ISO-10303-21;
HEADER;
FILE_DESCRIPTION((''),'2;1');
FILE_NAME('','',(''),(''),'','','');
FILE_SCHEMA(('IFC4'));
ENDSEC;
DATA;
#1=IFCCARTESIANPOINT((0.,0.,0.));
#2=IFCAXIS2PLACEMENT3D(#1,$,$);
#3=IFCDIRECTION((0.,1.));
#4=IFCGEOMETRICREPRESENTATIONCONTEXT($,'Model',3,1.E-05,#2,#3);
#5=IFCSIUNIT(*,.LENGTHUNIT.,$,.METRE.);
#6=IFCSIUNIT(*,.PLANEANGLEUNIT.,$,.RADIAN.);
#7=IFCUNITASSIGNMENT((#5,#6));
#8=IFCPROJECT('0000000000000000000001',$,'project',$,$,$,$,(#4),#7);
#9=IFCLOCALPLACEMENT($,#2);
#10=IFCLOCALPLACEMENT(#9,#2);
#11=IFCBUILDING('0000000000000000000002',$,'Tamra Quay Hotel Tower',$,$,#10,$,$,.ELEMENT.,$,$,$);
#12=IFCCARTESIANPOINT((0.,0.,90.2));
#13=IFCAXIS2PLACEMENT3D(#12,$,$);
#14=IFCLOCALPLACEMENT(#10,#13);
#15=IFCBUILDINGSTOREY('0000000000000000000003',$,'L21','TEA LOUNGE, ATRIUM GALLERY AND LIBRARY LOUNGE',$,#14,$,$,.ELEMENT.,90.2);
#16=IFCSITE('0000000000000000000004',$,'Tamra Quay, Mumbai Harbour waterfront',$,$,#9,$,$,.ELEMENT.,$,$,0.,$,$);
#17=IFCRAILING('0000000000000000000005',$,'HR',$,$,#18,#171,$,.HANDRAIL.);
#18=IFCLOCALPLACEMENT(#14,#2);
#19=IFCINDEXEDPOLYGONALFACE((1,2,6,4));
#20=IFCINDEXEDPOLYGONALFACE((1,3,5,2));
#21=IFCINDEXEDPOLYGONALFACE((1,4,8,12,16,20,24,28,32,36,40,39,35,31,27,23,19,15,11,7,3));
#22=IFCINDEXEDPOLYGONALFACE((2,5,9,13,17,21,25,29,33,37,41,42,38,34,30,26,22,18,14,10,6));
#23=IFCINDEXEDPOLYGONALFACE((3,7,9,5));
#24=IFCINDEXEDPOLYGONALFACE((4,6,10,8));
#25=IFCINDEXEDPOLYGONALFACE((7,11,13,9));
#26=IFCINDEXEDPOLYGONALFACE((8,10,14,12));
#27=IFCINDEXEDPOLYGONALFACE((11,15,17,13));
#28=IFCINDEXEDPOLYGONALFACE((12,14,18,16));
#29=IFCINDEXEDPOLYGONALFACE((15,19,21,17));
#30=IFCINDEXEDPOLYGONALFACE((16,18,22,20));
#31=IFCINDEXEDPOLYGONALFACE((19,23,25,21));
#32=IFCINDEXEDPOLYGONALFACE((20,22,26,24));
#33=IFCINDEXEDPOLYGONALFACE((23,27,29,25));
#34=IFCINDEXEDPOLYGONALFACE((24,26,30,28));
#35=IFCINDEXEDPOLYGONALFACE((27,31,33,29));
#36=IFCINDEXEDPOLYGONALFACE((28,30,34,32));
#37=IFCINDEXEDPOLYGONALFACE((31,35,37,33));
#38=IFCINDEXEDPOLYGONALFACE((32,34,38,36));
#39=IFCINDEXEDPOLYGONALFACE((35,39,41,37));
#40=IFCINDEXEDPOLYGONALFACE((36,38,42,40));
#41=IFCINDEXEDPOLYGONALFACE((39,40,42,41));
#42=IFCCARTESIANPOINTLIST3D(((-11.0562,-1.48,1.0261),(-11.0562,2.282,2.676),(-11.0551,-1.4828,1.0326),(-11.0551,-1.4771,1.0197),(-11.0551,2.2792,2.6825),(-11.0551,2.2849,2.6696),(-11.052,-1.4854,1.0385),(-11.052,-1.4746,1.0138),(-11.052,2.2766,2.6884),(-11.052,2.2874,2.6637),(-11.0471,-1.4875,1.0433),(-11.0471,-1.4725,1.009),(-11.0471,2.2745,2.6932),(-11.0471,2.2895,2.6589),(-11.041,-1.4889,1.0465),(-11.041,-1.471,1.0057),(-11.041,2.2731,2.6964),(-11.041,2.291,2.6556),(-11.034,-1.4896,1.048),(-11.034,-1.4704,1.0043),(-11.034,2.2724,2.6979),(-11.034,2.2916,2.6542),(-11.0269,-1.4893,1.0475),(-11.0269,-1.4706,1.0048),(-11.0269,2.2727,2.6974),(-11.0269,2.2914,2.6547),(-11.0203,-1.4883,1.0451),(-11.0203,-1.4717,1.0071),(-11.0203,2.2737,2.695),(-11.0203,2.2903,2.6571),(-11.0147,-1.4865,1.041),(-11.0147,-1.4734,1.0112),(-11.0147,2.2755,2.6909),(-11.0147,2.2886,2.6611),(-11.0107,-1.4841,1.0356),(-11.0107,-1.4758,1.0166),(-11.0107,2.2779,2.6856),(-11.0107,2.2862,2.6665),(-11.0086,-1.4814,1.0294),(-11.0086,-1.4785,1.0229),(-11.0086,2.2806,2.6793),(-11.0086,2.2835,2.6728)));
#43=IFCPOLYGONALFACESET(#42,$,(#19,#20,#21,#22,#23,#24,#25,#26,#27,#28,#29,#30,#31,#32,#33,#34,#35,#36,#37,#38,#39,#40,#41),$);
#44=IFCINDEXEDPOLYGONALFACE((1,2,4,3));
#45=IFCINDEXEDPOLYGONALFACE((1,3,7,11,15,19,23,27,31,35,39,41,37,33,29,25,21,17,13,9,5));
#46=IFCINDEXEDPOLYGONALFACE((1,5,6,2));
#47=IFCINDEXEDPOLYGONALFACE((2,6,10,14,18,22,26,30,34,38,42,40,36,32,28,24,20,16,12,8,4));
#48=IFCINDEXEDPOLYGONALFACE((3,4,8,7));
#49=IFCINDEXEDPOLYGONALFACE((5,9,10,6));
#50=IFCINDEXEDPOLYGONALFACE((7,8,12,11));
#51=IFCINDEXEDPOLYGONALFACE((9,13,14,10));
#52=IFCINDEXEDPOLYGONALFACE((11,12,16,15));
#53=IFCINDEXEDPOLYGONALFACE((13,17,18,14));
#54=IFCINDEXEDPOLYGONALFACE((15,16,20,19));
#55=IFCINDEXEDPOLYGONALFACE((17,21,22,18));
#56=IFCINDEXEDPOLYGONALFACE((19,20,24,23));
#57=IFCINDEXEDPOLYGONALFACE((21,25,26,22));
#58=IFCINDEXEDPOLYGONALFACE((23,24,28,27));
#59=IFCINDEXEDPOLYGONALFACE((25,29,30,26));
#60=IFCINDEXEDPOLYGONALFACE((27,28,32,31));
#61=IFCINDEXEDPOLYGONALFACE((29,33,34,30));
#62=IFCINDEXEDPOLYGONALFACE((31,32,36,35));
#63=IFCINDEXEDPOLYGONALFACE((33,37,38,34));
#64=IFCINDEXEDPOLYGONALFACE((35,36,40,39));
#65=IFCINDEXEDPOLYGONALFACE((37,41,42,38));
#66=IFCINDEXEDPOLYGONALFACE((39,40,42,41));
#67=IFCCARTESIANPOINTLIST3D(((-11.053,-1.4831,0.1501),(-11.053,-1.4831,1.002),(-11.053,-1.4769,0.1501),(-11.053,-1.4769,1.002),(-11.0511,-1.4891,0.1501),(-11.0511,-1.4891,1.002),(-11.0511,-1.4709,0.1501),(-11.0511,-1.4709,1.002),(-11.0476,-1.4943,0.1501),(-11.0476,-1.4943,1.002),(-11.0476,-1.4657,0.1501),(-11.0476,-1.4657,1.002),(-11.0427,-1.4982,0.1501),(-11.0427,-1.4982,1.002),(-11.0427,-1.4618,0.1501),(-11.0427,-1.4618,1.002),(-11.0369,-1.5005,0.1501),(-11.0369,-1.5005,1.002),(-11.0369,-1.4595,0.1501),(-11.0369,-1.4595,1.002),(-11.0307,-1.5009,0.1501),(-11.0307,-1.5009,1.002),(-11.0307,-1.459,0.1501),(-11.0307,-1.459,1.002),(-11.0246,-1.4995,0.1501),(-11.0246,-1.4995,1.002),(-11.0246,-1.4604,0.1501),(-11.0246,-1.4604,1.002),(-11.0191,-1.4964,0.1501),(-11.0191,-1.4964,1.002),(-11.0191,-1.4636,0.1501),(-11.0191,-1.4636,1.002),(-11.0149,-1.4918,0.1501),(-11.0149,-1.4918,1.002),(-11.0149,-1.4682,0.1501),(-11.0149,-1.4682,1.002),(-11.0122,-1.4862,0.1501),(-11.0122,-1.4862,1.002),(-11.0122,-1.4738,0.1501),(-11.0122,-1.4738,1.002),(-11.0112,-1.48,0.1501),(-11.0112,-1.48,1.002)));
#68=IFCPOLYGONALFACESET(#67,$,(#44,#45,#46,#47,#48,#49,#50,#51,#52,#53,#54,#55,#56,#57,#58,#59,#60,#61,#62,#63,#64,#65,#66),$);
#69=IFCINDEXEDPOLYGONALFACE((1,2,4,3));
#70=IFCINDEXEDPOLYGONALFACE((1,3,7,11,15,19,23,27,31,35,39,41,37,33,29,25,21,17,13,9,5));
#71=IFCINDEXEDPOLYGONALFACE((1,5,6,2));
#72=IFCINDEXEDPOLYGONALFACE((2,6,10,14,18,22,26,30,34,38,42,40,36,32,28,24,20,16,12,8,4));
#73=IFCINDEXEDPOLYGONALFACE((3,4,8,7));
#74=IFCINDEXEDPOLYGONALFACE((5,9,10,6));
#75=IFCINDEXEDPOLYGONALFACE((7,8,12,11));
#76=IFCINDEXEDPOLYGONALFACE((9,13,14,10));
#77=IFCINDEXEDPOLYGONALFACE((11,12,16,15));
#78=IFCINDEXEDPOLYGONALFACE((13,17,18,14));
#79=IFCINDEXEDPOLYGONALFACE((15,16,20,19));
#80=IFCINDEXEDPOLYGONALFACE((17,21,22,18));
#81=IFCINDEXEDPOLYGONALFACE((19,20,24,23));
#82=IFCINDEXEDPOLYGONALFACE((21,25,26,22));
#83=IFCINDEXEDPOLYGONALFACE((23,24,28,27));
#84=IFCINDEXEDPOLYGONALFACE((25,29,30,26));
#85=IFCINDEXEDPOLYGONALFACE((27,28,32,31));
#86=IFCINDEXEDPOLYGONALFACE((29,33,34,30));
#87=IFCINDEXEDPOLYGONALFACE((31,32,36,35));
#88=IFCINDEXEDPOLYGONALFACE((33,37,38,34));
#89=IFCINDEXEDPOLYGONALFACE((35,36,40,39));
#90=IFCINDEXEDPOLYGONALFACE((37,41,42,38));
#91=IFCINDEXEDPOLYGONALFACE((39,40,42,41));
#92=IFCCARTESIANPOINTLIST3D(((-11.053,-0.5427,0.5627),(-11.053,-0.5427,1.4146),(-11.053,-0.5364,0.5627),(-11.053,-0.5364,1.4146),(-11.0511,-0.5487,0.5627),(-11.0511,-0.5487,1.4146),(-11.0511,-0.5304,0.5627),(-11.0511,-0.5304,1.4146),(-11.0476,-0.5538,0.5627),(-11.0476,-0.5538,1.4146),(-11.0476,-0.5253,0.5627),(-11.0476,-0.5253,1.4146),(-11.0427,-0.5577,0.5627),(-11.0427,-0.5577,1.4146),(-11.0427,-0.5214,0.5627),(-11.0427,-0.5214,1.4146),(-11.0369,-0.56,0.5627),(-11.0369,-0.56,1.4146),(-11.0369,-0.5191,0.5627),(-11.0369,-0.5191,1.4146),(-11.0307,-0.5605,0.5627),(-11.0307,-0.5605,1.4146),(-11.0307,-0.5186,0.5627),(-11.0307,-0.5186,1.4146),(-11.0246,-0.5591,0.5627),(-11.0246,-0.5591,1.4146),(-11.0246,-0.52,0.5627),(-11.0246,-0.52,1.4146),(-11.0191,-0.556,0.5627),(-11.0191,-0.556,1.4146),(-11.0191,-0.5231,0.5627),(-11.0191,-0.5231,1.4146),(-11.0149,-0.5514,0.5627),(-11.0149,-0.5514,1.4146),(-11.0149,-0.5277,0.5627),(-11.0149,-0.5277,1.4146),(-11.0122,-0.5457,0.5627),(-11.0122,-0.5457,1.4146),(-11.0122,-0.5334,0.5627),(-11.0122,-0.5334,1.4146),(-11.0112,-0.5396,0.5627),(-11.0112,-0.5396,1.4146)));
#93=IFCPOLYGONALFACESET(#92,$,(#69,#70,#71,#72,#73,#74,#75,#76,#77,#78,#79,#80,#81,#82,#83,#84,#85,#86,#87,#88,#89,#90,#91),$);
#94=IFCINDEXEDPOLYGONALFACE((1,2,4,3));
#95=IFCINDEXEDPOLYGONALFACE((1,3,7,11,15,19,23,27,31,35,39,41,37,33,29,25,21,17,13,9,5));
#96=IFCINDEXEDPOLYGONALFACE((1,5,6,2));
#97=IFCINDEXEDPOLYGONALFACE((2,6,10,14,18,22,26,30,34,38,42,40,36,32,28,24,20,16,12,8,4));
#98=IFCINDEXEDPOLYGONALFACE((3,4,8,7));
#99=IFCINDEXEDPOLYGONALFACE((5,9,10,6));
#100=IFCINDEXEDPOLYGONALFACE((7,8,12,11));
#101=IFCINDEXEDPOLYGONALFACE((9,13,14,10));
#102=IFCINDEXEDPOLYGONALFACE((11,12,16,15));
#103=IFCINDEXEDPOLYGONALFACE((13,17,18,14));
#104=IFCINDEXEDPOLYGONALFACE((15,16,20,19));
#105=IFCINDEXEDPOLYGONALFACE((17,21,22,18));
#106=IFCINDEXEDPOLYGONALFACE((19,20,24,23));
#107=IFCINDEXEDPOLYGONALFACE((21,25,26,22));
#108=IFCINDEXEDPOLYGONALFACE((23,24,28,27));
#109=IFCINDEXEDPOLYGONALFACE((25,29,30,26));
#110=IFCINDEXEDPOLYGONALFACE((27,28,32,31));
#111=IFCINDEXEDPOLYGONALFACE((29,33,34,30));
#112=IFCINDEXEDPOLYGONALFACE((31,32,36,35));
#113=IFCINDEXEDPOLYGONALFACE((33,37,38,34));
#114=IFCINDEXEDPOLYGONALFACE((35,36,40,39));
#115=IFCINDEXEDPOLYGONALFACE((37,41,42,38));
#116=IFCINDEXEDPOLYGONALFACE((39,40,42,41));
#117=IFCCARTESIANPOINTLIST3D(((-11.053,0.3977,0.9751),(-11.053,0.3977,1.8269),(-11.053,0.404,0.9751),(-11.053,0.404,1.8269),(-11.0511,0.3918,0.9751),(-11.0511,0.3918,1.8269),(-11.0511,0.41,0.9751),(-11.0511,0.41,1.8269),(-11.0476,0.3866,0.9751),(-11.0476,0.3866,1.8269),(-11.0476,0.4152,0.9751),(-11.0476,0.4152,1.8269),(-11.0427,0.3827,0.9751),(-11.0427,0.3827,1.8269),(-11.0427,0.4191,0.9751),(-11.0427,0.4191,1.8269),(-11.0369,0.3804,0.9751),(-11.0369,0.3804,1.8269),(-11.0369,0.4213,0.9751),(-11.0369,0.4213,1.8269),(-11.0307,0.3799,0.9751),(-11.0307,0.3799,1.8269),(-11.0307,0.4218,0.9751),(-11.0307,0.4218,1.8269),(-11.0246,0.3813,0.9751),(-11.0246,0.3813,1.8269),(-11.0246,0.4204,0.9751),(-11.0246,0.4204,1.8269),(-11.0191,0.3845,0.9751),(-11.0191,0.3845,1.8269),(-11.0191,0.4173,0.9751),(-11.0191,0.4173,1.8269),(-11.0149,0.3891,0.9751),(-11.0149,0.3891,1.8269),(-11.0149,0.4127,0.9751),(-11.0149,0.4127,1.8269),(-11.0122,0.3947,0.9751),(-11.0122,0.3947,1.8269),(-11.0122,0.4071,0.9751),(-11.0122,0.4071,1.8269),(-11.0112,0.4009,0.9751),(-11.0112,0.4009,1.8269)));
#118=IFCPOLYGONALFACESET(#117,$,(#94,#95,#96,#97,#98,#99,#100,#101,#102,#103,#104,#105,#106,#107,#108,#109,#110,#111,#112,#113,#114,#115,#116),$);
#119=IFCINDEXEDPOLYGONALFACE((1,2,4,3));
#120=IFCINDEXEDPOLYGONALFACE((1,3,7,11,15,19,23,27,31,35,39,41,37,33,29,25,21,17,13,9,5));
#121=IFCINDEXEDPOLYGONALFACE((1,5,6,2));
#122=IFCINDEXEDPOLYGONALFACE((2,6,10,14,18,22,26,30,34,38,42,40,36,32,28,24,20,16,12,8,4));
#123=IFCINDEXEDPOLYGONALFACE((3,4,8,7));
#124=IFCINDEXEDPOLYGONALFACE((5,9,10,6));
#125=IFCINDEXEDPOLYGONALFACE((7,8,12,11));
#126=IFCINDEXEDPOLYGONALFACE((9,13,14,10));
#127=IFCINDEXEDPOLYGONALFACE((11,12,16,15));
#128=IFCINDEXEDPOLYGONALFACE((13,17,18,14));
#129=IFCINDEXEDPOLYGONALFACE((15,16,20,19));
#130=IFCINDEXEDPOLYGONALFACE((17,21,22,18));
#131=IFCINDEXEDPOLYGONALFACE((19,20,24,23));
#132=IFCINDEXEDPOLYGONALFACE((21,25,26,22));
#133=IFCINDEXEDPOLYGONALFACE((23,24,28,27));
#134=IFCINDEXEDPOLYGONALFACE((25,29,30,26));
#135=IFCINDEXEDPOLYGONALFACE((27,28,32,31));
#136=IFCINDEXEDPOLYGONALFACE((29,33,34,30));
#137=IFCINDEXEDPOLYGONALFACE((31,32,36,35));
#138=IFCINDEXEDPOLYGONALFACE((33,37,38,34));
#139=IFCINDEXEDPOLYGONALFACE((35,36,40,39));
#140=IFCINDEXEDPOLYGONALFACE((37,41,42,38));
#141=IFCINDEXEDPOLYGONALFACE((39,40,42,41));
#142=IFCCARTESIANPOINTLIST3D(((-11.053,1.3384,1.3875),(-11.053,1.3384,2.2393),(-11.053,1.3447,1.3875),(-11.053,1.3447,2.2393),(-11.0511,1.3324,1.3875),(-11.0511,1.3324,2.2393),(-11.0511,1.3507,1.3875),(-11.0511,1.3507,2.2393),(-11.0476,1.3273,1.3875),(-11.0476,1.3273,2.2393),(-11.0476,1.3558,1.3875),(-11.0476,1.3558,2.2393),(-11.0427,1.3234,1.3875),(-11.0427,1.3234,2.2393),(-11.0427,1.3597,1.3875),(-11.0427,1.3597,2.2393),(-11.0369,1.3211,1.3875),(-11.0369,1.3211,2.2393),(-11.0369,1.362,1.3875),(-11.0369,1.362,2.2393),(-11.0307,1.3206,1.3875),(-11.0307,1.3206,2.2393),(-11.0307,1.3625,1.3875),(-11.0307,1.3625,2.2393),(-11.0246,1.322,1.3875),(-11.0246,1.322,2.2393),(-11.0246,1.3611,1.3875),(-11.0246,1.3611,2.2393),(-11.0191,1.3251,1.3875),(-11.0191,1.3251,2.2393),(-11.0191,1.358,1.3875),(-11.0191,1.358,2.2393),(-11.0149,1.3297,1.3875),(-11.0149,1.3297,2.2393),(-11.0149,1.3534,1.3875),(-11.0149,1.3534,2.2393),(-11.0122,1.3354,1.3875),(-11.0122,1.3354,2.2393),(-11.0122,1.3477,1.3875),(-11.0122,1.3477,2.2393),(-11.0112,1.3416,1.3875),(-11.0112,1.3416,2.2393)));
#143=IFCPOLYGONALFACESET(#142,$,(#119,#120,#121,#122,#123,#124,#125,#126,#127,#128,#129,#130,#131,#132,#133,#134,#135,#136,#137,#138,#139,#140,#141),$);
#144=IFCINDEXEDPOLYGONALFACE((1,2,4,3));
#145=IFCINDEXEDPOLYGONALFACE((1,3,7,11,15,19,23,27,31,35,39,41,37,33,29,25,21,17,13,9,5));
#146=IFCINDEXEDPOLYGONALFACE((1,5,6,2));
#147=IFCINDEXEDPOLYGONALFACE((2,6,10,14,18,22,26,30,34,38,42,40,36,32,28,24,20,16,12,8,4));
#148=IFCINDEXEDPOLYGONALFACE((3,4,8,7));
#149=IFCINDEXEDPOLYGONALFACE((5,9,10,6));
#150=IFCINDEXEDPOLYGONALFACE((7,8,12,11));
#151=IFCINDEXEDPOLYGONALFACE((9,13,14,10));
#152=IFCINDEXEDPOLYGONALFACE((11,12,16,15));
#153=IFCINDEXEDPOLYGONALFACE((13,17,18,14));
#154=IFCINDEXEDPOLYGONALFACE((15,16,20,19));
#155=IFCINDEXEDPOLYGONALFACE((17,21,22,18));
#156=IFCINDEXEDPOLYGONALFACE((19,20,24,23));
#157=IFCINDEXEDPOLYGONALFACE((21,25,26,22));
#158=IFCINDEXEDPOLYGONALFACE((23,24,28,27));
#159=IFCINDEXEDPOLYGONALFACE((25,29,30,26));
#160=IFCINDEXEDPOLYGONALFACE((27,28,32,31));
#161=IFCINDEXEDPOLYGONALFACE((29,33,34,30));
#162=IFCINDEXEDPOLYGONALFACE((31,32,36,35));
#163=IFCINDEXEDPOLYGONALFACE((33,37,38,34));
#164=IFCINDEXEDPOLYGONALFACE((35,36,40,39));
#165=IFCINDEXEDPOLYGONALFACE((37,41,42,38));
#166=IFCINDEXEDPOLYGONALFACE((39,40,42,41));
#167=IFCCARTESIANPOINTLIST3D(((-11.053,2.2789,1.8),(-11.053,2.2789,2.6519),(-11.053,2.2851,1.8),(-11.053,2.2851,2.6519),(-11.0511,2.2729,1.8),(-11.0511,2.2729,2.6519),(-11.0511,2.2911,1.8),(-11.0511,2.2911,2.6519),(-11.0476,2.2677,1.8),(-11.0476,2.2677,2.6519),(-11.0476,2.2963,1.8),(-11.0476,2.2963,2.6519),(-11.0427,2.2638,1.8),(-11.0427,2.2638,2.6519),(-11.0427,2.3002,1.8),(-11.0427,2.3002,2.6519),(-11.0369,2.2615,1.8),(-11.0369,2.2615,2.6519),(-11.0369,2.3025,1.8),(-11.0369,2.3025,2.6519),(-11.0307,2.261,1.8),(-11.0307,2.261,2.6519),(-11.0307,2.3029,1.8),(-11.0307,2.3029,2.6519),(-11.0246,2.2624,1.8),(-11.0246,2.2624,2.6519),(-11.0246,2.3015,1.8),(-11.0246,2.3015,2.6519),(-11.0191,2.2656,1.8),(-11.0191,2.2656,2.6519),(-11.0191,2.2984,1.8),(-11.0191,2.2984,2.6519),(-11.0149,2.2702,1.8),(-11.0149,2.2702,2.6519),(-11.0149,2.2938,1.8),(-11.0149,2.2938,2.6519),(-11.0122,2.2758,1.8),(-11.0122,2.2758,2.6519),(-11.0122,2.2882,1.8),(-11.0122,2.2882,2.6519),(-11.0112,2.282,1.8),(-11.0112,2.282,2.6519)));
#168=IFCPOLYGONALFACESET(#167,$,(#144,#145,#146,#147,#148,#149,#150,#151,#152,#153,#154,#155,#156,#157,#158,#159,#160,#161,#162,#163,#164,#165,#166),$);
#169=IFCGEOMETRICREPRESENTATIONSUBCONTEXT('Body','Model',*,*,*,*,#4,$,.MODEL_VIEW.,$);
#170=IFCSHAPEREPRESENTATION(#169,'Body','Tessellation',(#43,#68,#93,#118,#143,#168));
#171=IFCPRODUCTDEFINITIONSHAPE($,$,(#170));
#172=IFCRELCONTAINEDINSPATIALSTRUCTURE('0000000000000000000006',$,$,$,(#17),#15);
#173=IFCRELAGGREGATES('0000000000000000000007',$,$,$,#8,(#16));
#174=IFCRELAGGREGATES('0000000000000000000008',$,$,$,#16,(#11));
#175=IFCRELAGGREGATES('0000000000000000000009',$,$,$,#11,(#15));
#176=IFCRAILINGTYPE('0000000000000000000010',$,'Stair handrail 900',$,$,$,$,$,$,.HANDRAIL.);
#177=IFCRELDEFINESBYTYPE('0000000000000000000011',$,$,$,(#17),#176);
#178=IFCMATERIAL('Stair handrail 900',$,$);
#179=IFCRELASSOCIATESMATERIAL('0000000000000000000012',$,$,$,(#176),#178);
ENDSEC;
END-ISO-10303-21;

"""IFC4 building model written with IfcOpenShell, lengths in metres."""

from ifc_helpers import new_model, si_unit, direction, frame, origin, origin_2d, place, context, subcontext, project, spatial, circle, extrude, material, type_object, element, save


model = new_model("IFC4")

# Units and contexts
model_context = context("Model", 3, precision=1e-05, world=origin(), true_north=direction((0.0, 1.0)))
body_context = subcontext(model_context, "Body", "Model", "MODEL_VIEW")
ifc_project = project(units=[si_unit("LENGTHUNIT", "METRE"), si_unit("PLANEANGLEUNIT", "RADIAN")], contexts=[model_context])

# Site, building, storey
site_placement = place(None, origin())
site = spatial("IfcSite", under=ifc_project, at=site_placement, Name="Tamra Quay, Mumbai Harbour waterfront", CompositionType="ELEMENT", RefElevation=0.0)
building_placement = place(site_placement, origin())
building = spatial("IfcBuilding", under=site, at=building_placement, Name="Tamra Quay Hotel Tower", CompositionType="ELEMENT")
storey_placement = place(building_placement, frame((0.0, 0.0, 90.2)))
storey = spatial("IfcBuildingStorey", under=building, at=storey_placement, Name="L21", Description="TEA LOUNGE, ATRIUM GALLERY AND LIBRARY LOUNGE", CompositionType="ELEMENT", Elevation=90.2)

# Railing
ifc_material_1 = material(Name="Stair handrail 900")
railing_type = type_object("IfcRailingType", Name="Stair handrail 900", PredefinedType="HANDRAIL", material=ifc_material_1)
railing_placement = place(storey_placement, frame((-11.0322, -1.48, 0.1501)))
element("IfcRailing", 1, at=railing_placement, inside=storey, type_object=railing_type, Name="HR", PredefinedType="HANDRAIL", context=body_context, shape_type="SweptSolid", body=[
    extrude(circle(Radius=0.0239, at=origin_2d()), frame((0.0, 0.0, 0.876), z_axis=(0.0, 0.915795, 0.401645), x_axis=(-1.0, 0.0, 0.0)), (0.0, 0.0, 1.0), 4.1079),
    extrude(circle(Radius=0.021, at=origin_2d()), origin(), (0.0, 0.0, 1.0), 0.8518),
    extrude(circle(Radius=0.021, at=origin_2d()), frame((0.0, 0.9404, 0.4126)), (0.0, 0.0, 1.0), 0.8518),
    extrude(circle(Radius=0.021, at=origin_2d()), frame((0.0, 1.8809, 0.825)), (0.0, 0.0, 1.0), 0.8518),
    extrude(circle(Radius=0.021, at=origin_2d()), frame((0.0, 2.8215, 1.2373)), (0.0, 0.0, 1.0), 0.8518),
    extrude(circle(Radius=0.021, at=origin_2d()), frame((0.0, 3.762, 1.6499)), (0.0, 0.0, 1.0), 0.8518),
])

save(model, "model.ifc")
